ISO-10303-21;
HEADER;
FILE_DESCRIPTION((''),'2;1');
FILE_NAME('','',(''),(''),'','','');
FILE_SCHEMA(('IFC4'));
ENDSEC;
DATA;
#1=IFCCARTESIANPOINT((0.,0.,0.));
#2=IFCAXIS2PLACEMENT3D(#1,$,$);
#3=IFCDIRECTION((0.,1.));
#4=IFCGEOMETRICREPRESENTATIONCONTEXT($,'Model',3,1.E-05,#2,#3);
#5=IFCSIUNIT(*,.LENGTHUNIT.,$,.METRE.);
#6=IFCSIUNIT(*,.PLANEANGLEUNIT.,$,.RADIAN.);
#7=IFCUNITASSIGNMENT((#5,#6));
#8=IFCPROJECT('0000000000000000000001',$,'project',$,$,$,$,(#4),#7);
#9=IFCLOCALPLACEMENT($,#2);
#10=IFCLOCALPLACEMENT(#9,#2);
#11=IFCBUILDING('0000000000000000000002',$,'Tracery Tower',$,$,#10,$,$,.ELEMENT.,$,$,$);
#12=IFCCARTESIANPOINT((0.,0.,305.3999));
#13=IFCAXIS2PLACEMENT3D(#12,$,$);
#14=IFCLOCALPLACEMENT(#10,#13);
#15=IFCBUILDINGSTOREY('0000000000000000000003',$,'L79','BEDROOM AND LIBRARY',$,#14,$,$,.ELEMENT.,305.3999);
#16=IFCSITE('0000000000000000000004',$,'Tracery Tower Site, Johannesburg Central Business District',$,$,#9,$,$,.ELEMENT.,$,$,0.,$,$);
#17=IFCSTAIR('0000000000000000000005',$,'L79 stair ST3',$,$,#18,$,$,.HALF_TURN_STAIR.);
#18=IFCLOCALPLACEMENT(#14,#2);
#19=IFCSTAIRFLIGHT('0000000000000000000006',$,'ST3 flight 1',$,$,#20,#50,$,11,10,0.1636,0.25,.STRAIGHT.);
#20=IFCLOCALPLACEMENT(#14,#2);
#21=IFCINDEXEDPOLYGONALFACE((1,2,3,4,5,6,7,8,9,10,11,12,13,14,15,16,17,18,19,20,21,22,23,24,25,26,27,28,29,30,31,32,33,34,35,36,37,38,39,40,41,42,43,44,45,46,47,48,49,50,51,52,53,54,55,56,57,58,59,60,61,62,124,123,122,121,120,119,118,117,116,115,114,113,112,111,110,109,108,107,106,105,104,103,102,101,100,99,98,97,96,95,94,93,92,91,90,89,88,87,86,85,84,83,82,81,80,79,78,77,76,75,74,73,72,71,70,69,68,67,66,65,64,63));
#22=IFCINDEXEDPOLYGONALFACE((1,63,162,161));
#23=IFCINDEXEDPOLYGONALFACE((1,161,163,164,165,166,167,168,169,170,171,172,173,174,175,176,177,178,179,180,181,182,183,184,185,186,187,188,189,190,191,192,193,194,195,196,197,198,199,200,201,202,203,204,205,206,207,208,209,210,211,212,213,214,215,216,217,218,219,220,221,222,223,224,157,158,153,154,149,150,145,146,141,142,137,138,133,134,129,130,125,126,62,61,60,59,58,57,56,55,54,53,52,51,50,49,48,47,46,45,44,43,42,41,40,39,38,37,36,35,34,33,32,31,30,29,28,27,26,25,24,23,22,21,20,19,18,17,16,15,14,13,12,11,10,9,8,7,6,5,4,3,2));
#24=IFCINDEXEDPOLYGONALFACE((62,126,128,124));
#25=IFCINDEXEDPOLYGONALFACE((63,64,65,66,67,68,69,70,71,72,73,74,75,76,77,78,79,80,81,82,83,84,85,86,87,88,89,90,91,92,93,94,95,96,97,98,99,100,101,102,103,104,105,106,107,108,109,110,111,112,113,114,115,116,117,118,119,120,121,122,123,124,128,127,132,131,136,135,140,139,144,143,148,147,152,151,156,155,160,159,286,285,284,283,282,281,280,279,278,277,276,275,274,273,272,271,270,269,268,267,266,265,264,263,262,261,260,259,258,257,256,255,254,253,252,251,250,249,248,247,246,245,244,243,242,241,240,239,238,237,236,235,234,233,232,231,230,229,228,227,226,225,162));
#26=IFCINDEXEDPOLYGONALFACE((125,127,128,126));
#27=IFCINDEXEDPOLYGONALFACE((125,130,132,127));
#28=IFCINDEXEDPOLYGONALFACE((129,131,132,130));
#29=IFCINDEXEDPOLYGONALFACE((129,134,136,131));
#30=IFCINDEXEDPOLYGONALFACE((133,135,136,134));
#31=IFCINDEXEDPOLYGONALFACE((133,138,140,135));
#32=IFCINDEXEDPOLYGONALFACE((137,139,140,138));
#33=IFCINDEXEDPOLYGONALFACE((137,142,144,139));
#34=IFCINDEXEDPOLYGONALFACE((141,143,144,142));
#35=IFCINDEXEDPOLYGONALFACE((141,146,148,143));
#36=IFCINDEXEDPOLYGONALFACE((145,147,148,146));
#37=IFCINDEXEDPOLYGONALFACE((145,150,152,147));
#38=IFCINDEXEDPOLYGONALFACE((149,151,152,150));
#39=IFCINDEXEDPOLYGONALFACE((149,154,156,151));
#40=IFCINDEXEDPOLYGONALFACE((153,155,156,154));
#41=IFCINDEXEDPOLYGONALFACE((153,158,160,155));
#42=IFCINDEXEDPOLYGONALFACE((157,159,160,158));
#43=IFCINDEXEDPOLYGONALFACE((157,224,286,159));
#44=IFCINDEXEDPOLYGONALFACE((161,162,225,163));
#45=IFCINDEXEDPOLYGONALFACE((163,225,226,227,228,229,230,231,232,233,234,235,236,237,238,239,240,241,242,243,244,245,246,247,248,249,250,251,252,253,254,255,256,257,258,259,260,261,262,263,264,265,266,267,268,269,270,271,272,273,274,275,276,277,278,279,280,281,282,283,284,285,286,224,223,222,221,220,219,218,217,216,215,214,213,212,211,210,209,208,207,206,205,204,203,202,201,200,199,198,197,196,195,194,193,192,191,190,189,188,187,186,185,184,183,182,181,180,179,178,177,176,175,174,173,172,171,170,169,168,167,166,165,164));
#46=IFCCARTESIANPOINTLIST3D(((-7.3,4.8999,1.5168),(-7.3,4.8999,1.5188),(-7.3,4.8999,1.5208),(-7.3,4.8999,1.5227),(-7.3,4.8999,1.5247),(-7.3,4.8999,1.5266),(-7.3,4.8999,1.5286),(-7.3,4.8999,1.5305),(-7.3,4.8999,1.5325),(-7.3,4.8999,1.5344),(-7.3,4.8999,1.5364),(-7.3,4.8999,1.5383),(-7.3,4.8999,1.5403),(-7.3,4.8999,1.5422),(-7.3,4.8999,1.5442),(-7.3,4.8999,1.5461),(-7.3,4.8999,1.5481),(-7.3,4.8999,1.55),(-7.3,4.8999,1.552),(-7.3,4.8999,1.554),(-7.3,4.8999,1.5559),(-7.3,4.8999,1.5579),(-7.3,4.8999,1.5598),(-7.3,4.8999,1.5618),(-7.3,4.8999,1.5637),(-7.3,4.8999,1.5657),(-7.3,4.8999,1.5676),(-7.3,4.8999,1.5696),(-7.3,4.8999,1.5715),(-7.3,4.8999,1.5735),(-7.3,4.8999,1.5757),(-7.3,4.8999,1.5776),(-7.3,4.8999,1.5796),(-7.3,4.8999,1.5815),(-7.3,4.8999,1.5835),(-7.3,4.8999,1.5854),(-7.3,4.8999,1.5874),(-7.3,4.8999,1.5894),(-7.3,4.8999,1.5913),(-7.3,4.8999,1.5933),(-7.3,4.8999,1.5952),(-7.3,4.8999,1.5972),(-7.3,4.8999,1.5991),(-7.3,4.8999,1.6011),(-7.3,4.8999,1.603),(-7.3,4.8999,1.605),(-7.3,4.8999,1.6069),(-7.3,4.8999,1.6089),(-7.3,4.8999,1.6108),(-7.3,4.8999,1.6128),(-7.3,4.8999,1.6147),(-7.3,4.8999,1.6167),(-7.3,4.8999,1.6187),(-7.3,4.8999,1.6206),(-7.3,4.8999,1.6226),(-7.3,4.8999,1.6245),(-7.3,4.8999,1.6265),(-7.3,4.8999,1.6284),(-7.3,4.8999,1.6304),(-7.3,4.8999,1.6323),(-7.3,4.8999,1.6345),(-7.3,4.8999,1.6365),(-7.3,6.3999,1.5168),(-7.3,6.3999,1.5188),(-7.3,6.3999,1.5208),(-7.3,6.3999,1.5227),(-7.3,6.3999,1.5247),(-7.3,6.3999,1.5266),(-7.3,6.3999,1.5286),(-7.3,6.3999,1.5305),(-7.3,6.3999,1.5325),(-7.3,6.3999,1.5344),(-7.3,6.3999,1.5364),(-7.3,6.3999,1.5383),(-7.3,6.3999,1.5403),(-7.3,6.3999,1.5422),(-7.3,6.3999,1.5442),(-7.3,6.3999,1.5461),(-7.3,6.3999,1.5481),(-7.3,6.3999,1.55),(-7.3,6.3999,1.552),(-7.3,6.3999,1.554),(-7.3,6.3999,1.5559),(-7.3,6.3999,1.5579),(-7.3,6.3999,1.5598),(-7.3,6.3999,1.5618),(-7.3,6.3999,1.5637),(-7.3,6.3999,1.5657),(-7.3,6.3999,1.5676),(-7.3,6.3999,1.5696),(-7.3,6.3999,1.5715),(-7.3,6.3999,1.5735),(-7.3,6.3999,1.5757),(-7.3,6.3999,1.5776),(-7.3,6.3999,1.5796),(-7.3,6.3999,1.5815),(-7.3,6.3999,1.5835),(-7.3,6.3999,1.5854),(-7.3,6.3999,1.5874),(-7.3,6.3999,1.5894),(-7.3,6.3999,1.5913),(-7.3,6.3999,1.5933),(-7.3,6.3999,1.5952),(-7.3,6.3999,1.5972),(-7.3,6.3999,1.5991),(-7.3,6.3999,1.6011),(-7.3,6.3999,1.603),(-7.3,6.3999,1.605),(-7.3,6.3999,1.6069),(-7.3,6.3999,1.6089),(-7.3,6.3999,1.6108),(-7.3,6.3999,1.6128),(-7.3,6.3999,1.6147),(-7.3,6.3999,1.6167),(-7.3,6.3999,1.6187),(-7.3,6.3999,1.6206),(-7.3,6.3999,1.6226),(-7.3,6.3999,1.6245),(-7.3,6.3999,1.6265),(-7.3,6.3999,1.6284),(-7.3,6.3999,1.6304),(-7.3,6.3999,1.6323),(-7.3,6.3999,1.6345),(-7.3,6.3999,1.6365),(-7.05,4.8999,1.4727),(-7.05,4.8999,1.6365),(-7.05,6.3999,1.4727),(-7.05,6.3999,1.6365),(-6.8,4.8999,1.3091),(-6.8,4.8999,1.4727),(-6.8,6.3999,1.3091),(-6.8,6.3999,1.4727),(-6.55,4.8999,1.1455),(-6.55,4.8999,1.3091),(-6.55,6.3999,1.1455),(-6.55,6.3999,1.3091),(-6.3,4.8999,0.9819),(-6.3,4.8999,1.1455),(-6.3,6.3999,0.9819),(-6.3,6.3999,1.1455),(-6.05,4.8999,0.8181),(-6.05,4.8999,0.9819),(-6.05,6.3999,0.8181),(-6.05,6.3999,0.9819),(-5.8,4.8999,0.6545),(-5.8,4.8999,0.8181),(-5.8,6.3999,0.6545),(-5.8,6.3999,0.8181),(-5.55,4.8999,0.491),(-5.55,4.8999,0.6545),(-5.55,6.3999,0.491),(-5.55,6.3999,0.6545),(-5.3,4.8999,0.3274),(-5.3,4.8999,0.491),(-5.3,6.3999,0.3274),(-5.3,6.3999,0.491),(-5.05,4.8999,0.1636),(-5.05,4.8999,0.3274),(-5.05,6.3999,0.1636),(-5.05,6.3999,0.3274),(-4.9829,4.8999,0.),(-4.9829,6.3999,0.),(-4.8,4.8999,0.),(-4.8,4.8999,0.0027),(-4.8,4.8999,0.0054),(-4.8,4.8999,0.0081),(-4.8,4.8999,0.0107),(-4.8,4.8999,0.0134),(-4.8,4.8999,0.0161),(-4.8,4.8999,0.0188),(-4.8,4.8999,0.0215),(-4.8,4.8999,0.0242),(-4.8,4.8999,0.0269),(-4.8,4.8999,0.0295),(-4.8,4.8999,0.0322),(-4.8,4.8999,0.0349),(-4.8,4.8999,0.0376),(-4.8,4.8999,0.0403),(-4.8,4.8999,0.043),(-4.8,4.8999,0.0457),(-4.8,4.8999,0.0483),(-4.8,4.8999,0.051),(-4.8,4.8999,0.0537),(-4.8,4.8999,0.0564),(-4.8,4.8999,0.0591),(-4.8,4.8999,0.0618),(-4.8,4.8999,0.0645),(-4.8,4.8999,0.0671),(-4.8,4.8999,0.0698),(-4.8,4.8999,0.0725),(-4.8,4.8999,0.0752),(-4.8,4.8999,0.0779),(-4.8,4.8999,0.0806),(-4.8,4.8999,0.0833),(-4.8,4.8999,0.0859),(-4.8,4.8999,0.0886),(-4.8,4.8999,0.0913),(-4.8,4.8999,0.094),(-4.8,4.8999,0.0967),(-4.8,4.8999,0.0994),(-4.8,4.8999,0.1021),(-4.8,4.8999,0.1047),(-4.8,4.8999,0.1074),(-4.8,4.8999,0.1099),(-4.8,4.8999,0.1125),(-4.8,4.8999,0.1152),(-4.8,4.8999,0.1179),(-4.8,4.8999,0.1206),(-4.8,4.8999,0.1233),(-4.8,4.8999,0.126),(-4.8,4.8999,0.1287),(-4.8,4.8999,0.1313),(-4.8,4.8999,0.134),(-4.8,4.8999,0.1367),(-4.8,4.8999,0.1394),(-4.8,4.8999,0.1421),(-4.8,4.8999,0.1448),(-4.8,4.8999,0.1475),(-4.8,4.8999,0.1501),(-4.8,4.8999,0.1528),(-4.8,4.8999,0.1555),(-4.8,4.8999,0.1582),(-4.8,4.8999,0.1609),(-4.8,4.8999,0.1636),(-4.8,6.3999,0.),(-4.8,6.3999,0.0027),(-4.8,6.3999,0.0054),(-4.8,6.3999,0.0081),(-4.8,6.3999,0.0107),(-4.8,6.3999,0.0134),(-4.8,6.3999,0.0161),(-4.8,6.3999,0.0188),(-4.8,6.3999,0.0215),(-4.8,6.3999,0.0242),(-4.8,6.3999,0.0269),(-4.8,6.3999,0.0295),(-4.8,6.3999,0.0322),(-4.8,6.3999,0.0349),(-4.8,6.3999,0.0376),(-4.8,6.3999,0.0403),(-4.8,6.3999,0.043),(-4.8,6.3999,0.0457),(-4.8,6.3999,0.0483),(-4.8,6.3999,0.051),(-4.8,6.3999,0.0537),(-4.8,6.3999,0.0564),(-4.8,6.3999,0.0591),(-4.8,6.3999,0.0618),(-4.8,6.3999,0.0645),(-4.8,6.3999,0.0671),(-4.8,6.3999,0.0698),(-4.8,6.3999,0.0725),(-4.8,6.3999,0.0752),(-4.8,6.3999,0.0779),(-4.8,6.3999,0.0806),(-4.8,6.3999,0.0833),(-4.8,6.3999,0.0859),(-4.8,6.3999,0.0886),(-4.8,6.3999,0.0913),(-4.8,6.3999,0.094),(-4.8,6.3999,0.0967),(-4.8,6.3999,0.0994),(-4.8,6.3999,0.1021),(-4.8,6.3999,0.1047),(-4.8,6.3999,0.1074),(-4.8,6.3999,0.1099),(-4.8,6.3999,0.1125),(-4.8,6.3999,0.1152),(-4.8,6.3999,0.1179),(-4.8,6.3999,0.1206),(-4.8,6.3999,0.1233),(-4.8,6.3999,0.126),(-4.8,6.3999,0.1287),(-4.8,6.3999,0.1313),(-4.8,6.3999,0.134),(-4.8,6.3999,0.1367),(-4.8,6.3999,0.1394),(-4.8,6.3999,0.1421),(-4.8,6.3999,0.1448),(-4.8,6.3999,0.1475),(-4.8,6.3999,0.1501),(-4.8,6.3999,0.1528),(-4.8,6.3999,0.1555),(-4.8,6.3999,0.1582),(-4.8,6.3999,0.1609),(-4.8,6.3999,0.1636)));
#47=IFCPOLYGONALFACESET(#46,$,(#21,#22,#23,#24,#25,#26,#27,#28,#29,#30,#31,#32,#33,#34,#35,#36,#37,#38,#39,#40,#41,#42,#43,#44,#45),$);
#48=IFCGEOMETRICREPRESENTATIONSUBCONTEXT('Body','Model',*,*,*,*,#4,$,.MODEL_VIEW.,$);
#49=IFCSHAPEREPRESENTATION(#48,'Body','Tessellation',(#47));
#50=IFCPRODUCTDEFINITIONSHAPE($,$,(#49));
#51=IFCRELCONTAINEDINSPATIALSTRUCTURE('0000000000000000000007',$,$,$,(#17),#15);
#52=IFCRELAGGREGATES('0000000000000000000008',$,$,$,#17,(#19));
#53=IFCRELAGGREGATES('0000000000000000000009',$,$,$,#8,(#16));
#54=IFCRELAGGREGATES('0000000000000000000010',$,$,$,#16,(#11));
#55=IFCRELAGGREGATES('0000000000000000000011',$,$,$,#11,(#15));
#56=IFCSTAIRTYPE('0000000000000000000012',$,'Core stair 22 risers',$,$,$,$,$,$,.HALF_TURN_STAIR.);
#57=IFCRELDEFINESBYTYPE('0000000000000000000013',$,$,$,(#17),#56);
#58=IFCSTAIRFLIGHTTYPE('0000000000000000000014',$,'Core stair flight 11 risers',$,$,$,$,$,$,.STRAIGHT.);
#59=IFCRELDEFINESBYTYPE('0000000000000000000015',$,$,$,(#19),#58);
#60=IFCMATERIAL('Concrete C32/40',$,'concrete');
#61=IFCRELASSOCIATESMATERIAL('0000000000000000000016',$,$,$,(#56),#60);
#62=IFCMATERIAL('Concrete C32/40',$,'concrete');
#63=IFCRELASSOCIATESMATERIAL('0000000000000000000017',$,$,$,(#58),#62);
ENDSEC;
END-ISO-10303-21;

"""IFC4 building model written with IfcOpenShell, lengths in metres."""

from ifc_helpers import new_model, si_unit, direction, frame, origin, place, context, subcontext, project, spatial, polyline, outline, extrude, material, type_object, element, aggregate, save


model = new_model("IFC4")

# Units and contexts
model_context = context("Model", 3, precision=1e-05, world=origin(), true_north=direction((0.0, 1.0)))
body_context = subcontext(model_context, "Body", "Model", "MODEL_VIEW")
ifc_project = project(units=[si_unit("LENGTHUNIT", "METRE"), si_unit("PLANEANGLEUNIT", "RADIAN")], contexts=[model_context])

# Site, building, storey
site_placement = place(None, origin())
site = spatial("IfcSite", under=ifc_project, at=site_placement, Name="Tracery Tower Site, Johannesburg Central Business District", CompositionType="ELEMENT", RefElevation=0.0)
building_placement = place(site_placement, origin())
building = spatial("IfcBuilding", under=site, at=building_placement, Name="Tracery Tower", CompositionType="ELEMENT")
storey_placement = place(building_placement, frame((0.0, 0.0, 305.3999)))
storey = spatial("IfcBuildingStorey", under=building, at=storey_placement, Name="L79", Description="BEDROOM AND LIBRARY", CompositionType="ELEMENT", Elevation=305.3999)

# Stair, stair flight
ifc_material_1 = material(Name="Concrete C32/40", Category="concrete")
stair_type = type_object("IfcStairType", Name="Core stair 22 risers", PredefinedType="HALF_TURN_STAIR", material=ifc_material_1)
stair_placement = place(storey_placement, origin())
stair = element("IfcStair", 1, at=stair_placement, inside=storey, type_object=stair_type, Name="L79 stair ST3", PredefinedType="HALF_TURN_STAIR")
ifc_material_2 = material(Name="Concrete C32/40", Category="concrete")
stair_flight_type = type_object("IfcStairFlightType", Name="Core stair flight 11 risers", PredefinedType="STRAIGHT", material=ifc_material_2)
stair_flight_1_placement = place(storey_placement, frame((-4.8, 5.6499, 0.0), z_axis=(0.0, 0.0, 1.0), x_axis=(-1.0, 0.0, 0.0)))
stair_flight_1 = element("IfcStairFlight", 2, at=stair_flight_1_placement, type_object=stair_flight_type, Name="ST3 flight 1", NumberOfRisers=11, NumberOfTreads=10, PredefinedType="STRAIGHT", RiserHeight=0.1636, TreadLength=0.25, context=body_context, shape_type="SweptSolid", body=[
    extrude(outline(polyline([(0.0, 0.0), (0.0, 0.0027), (0.0, 0.0054), (0.0, 0.0081), (0.0, 0.0107), (0.0, 0.0134), (0.0, 0.0161), (0.0, 0.0188), (0.0, 0.0215), (0.0, 0.0242), (0.0, 0.0269), (0.0, 0.0295), (0.0, 0.0322), (0.0, 0.0349), (0.0, 0.0376), (0.0, 0.0403), (0.0, 0.043), (0.0, 0.0457), (0.0, 0.0483), (0.0, 0.051), (0.0, 0.0537), (0.0, 0.0564), (0.0, 0.0591), (0.0, 0.0618), (0.0, 0.0645), (0.0, 0.0671), (0.0, 0.0698), (0.0, 0.0725), (0.0, 0.0752), (0.0, 0.0779), (0.0, 0.0806), (0.0, 0.0833), (0.0, 0.0859), (0.0, 0.0886), (0.0, 0.0913), (0.0, 0.094), (0.0, 0.0967), (0.0, 0.0994), (0.0, 0.1021), (0.0, 0.1047), (0.0, 0.1074), (0.0, 0.1099), (0.0, 0.1125), (0.0, 0.1152), (0.0, 0.1179), (0.0, 0.1206), (0.0, 0.1233), (0.0, 0.126), (0.0, 0.1287), (0.0, 0.1313), (0.0, 0.134), (0.0, 0.1367), (0.0, 0.1394), (0.0, 0.1421), (0.0, 0.1448), (0.0, 0.1475), (0.0, 0.1501), (0.0, 0.1528), (0.0, 0.1555), (0.0, 0.1582), (0.0, 0.1609), (0.0, 0.1636), (0.25, 0.1636), (0.25, 0.3274), (0.5, 0.3274), (0.5, 0.491), (0.75, 0.491), (0.75, 0.6545), (1.0, 0.6545), (1.0, 0.8181), (1.25, 0.8181), (1.25, 0.9819), (1.5, 0.9819), (1.5, 1.1455), (1.75, 1.1455), (1.75, 1.3091), (2.0, 1.3091), (2.0, 1.4727), (2.25, 1.4727), (2.25, 1.6365), (2.5, 1.6365), (2.5, 1.6345), (2.5, 1.6323), (2.5, 1.6304), (2.5, 1.6284), (2.5, 1.6265), (2.5, 1.6245), (2.5, 1.6226), (2.5, 1.6206), (2.5, 1.6187), (2.5, 1.6167), (2.5, 1.6147), (2.5, 1.6128), (2.5, 1.6108), (2.5, 1.6089), (2.5, 1.6069), (2.5, 1.605), (2.5, 1.603), (2.5, 1.6011), (2.5, 1.5991), (2.5, 1.5972), (2.5, 1.5952), (2.5, 1.5933), (2.5, 1.5913), (2.5, 1.5894), (2.5, 1.5874), (2.5, 1.5854), (2.5, 1.5835), (2.5, 1.5815), (2.5, 1.5796), (2.5, 1.5776), (2.5, 1.5757), (2.5, 1.5735), (2.5, 1.5715), (2.5, 1.5696), (2.5, 1.5676), (2.5, 1.5657), (2.5, 1.5637), (2.5, 1.5618), (2.5, 1.5598), (2.5, 1.5579), (2.5, 1.5559), (2.5, 1.554), (2.5, 1.552), (2.5, 1.55), (2.5, 1.5481), (2.5, 1.5461), (2.5, 1.5442), (2.5, 1.5422), (2.5, 1.5403), (2.5, 1.5383), (2.5, 1.5364), (2.5, 1.5344), (2.5, 1.5325), (2.5, 1.5305), (2.5, 1.5286), (2.5, 1.5266), (2.5, 1.5247), (2.5, 1.5227), (2.5, 1.5208), (2.5, 1.5188), (2.5, 1.5168), (0.1829, 0.0), (0.0, 0.0)])), frame((0.0, 0.75, 0.0), z_axis=(0.0, -1.0, 0.0), x_axis=(1.0, 0.0, 0.0)), (0.0, 0.0, 1.0), 1.5),
])
aggregate(stair, [stair_flight_1])

save(model, "model.ifc")
